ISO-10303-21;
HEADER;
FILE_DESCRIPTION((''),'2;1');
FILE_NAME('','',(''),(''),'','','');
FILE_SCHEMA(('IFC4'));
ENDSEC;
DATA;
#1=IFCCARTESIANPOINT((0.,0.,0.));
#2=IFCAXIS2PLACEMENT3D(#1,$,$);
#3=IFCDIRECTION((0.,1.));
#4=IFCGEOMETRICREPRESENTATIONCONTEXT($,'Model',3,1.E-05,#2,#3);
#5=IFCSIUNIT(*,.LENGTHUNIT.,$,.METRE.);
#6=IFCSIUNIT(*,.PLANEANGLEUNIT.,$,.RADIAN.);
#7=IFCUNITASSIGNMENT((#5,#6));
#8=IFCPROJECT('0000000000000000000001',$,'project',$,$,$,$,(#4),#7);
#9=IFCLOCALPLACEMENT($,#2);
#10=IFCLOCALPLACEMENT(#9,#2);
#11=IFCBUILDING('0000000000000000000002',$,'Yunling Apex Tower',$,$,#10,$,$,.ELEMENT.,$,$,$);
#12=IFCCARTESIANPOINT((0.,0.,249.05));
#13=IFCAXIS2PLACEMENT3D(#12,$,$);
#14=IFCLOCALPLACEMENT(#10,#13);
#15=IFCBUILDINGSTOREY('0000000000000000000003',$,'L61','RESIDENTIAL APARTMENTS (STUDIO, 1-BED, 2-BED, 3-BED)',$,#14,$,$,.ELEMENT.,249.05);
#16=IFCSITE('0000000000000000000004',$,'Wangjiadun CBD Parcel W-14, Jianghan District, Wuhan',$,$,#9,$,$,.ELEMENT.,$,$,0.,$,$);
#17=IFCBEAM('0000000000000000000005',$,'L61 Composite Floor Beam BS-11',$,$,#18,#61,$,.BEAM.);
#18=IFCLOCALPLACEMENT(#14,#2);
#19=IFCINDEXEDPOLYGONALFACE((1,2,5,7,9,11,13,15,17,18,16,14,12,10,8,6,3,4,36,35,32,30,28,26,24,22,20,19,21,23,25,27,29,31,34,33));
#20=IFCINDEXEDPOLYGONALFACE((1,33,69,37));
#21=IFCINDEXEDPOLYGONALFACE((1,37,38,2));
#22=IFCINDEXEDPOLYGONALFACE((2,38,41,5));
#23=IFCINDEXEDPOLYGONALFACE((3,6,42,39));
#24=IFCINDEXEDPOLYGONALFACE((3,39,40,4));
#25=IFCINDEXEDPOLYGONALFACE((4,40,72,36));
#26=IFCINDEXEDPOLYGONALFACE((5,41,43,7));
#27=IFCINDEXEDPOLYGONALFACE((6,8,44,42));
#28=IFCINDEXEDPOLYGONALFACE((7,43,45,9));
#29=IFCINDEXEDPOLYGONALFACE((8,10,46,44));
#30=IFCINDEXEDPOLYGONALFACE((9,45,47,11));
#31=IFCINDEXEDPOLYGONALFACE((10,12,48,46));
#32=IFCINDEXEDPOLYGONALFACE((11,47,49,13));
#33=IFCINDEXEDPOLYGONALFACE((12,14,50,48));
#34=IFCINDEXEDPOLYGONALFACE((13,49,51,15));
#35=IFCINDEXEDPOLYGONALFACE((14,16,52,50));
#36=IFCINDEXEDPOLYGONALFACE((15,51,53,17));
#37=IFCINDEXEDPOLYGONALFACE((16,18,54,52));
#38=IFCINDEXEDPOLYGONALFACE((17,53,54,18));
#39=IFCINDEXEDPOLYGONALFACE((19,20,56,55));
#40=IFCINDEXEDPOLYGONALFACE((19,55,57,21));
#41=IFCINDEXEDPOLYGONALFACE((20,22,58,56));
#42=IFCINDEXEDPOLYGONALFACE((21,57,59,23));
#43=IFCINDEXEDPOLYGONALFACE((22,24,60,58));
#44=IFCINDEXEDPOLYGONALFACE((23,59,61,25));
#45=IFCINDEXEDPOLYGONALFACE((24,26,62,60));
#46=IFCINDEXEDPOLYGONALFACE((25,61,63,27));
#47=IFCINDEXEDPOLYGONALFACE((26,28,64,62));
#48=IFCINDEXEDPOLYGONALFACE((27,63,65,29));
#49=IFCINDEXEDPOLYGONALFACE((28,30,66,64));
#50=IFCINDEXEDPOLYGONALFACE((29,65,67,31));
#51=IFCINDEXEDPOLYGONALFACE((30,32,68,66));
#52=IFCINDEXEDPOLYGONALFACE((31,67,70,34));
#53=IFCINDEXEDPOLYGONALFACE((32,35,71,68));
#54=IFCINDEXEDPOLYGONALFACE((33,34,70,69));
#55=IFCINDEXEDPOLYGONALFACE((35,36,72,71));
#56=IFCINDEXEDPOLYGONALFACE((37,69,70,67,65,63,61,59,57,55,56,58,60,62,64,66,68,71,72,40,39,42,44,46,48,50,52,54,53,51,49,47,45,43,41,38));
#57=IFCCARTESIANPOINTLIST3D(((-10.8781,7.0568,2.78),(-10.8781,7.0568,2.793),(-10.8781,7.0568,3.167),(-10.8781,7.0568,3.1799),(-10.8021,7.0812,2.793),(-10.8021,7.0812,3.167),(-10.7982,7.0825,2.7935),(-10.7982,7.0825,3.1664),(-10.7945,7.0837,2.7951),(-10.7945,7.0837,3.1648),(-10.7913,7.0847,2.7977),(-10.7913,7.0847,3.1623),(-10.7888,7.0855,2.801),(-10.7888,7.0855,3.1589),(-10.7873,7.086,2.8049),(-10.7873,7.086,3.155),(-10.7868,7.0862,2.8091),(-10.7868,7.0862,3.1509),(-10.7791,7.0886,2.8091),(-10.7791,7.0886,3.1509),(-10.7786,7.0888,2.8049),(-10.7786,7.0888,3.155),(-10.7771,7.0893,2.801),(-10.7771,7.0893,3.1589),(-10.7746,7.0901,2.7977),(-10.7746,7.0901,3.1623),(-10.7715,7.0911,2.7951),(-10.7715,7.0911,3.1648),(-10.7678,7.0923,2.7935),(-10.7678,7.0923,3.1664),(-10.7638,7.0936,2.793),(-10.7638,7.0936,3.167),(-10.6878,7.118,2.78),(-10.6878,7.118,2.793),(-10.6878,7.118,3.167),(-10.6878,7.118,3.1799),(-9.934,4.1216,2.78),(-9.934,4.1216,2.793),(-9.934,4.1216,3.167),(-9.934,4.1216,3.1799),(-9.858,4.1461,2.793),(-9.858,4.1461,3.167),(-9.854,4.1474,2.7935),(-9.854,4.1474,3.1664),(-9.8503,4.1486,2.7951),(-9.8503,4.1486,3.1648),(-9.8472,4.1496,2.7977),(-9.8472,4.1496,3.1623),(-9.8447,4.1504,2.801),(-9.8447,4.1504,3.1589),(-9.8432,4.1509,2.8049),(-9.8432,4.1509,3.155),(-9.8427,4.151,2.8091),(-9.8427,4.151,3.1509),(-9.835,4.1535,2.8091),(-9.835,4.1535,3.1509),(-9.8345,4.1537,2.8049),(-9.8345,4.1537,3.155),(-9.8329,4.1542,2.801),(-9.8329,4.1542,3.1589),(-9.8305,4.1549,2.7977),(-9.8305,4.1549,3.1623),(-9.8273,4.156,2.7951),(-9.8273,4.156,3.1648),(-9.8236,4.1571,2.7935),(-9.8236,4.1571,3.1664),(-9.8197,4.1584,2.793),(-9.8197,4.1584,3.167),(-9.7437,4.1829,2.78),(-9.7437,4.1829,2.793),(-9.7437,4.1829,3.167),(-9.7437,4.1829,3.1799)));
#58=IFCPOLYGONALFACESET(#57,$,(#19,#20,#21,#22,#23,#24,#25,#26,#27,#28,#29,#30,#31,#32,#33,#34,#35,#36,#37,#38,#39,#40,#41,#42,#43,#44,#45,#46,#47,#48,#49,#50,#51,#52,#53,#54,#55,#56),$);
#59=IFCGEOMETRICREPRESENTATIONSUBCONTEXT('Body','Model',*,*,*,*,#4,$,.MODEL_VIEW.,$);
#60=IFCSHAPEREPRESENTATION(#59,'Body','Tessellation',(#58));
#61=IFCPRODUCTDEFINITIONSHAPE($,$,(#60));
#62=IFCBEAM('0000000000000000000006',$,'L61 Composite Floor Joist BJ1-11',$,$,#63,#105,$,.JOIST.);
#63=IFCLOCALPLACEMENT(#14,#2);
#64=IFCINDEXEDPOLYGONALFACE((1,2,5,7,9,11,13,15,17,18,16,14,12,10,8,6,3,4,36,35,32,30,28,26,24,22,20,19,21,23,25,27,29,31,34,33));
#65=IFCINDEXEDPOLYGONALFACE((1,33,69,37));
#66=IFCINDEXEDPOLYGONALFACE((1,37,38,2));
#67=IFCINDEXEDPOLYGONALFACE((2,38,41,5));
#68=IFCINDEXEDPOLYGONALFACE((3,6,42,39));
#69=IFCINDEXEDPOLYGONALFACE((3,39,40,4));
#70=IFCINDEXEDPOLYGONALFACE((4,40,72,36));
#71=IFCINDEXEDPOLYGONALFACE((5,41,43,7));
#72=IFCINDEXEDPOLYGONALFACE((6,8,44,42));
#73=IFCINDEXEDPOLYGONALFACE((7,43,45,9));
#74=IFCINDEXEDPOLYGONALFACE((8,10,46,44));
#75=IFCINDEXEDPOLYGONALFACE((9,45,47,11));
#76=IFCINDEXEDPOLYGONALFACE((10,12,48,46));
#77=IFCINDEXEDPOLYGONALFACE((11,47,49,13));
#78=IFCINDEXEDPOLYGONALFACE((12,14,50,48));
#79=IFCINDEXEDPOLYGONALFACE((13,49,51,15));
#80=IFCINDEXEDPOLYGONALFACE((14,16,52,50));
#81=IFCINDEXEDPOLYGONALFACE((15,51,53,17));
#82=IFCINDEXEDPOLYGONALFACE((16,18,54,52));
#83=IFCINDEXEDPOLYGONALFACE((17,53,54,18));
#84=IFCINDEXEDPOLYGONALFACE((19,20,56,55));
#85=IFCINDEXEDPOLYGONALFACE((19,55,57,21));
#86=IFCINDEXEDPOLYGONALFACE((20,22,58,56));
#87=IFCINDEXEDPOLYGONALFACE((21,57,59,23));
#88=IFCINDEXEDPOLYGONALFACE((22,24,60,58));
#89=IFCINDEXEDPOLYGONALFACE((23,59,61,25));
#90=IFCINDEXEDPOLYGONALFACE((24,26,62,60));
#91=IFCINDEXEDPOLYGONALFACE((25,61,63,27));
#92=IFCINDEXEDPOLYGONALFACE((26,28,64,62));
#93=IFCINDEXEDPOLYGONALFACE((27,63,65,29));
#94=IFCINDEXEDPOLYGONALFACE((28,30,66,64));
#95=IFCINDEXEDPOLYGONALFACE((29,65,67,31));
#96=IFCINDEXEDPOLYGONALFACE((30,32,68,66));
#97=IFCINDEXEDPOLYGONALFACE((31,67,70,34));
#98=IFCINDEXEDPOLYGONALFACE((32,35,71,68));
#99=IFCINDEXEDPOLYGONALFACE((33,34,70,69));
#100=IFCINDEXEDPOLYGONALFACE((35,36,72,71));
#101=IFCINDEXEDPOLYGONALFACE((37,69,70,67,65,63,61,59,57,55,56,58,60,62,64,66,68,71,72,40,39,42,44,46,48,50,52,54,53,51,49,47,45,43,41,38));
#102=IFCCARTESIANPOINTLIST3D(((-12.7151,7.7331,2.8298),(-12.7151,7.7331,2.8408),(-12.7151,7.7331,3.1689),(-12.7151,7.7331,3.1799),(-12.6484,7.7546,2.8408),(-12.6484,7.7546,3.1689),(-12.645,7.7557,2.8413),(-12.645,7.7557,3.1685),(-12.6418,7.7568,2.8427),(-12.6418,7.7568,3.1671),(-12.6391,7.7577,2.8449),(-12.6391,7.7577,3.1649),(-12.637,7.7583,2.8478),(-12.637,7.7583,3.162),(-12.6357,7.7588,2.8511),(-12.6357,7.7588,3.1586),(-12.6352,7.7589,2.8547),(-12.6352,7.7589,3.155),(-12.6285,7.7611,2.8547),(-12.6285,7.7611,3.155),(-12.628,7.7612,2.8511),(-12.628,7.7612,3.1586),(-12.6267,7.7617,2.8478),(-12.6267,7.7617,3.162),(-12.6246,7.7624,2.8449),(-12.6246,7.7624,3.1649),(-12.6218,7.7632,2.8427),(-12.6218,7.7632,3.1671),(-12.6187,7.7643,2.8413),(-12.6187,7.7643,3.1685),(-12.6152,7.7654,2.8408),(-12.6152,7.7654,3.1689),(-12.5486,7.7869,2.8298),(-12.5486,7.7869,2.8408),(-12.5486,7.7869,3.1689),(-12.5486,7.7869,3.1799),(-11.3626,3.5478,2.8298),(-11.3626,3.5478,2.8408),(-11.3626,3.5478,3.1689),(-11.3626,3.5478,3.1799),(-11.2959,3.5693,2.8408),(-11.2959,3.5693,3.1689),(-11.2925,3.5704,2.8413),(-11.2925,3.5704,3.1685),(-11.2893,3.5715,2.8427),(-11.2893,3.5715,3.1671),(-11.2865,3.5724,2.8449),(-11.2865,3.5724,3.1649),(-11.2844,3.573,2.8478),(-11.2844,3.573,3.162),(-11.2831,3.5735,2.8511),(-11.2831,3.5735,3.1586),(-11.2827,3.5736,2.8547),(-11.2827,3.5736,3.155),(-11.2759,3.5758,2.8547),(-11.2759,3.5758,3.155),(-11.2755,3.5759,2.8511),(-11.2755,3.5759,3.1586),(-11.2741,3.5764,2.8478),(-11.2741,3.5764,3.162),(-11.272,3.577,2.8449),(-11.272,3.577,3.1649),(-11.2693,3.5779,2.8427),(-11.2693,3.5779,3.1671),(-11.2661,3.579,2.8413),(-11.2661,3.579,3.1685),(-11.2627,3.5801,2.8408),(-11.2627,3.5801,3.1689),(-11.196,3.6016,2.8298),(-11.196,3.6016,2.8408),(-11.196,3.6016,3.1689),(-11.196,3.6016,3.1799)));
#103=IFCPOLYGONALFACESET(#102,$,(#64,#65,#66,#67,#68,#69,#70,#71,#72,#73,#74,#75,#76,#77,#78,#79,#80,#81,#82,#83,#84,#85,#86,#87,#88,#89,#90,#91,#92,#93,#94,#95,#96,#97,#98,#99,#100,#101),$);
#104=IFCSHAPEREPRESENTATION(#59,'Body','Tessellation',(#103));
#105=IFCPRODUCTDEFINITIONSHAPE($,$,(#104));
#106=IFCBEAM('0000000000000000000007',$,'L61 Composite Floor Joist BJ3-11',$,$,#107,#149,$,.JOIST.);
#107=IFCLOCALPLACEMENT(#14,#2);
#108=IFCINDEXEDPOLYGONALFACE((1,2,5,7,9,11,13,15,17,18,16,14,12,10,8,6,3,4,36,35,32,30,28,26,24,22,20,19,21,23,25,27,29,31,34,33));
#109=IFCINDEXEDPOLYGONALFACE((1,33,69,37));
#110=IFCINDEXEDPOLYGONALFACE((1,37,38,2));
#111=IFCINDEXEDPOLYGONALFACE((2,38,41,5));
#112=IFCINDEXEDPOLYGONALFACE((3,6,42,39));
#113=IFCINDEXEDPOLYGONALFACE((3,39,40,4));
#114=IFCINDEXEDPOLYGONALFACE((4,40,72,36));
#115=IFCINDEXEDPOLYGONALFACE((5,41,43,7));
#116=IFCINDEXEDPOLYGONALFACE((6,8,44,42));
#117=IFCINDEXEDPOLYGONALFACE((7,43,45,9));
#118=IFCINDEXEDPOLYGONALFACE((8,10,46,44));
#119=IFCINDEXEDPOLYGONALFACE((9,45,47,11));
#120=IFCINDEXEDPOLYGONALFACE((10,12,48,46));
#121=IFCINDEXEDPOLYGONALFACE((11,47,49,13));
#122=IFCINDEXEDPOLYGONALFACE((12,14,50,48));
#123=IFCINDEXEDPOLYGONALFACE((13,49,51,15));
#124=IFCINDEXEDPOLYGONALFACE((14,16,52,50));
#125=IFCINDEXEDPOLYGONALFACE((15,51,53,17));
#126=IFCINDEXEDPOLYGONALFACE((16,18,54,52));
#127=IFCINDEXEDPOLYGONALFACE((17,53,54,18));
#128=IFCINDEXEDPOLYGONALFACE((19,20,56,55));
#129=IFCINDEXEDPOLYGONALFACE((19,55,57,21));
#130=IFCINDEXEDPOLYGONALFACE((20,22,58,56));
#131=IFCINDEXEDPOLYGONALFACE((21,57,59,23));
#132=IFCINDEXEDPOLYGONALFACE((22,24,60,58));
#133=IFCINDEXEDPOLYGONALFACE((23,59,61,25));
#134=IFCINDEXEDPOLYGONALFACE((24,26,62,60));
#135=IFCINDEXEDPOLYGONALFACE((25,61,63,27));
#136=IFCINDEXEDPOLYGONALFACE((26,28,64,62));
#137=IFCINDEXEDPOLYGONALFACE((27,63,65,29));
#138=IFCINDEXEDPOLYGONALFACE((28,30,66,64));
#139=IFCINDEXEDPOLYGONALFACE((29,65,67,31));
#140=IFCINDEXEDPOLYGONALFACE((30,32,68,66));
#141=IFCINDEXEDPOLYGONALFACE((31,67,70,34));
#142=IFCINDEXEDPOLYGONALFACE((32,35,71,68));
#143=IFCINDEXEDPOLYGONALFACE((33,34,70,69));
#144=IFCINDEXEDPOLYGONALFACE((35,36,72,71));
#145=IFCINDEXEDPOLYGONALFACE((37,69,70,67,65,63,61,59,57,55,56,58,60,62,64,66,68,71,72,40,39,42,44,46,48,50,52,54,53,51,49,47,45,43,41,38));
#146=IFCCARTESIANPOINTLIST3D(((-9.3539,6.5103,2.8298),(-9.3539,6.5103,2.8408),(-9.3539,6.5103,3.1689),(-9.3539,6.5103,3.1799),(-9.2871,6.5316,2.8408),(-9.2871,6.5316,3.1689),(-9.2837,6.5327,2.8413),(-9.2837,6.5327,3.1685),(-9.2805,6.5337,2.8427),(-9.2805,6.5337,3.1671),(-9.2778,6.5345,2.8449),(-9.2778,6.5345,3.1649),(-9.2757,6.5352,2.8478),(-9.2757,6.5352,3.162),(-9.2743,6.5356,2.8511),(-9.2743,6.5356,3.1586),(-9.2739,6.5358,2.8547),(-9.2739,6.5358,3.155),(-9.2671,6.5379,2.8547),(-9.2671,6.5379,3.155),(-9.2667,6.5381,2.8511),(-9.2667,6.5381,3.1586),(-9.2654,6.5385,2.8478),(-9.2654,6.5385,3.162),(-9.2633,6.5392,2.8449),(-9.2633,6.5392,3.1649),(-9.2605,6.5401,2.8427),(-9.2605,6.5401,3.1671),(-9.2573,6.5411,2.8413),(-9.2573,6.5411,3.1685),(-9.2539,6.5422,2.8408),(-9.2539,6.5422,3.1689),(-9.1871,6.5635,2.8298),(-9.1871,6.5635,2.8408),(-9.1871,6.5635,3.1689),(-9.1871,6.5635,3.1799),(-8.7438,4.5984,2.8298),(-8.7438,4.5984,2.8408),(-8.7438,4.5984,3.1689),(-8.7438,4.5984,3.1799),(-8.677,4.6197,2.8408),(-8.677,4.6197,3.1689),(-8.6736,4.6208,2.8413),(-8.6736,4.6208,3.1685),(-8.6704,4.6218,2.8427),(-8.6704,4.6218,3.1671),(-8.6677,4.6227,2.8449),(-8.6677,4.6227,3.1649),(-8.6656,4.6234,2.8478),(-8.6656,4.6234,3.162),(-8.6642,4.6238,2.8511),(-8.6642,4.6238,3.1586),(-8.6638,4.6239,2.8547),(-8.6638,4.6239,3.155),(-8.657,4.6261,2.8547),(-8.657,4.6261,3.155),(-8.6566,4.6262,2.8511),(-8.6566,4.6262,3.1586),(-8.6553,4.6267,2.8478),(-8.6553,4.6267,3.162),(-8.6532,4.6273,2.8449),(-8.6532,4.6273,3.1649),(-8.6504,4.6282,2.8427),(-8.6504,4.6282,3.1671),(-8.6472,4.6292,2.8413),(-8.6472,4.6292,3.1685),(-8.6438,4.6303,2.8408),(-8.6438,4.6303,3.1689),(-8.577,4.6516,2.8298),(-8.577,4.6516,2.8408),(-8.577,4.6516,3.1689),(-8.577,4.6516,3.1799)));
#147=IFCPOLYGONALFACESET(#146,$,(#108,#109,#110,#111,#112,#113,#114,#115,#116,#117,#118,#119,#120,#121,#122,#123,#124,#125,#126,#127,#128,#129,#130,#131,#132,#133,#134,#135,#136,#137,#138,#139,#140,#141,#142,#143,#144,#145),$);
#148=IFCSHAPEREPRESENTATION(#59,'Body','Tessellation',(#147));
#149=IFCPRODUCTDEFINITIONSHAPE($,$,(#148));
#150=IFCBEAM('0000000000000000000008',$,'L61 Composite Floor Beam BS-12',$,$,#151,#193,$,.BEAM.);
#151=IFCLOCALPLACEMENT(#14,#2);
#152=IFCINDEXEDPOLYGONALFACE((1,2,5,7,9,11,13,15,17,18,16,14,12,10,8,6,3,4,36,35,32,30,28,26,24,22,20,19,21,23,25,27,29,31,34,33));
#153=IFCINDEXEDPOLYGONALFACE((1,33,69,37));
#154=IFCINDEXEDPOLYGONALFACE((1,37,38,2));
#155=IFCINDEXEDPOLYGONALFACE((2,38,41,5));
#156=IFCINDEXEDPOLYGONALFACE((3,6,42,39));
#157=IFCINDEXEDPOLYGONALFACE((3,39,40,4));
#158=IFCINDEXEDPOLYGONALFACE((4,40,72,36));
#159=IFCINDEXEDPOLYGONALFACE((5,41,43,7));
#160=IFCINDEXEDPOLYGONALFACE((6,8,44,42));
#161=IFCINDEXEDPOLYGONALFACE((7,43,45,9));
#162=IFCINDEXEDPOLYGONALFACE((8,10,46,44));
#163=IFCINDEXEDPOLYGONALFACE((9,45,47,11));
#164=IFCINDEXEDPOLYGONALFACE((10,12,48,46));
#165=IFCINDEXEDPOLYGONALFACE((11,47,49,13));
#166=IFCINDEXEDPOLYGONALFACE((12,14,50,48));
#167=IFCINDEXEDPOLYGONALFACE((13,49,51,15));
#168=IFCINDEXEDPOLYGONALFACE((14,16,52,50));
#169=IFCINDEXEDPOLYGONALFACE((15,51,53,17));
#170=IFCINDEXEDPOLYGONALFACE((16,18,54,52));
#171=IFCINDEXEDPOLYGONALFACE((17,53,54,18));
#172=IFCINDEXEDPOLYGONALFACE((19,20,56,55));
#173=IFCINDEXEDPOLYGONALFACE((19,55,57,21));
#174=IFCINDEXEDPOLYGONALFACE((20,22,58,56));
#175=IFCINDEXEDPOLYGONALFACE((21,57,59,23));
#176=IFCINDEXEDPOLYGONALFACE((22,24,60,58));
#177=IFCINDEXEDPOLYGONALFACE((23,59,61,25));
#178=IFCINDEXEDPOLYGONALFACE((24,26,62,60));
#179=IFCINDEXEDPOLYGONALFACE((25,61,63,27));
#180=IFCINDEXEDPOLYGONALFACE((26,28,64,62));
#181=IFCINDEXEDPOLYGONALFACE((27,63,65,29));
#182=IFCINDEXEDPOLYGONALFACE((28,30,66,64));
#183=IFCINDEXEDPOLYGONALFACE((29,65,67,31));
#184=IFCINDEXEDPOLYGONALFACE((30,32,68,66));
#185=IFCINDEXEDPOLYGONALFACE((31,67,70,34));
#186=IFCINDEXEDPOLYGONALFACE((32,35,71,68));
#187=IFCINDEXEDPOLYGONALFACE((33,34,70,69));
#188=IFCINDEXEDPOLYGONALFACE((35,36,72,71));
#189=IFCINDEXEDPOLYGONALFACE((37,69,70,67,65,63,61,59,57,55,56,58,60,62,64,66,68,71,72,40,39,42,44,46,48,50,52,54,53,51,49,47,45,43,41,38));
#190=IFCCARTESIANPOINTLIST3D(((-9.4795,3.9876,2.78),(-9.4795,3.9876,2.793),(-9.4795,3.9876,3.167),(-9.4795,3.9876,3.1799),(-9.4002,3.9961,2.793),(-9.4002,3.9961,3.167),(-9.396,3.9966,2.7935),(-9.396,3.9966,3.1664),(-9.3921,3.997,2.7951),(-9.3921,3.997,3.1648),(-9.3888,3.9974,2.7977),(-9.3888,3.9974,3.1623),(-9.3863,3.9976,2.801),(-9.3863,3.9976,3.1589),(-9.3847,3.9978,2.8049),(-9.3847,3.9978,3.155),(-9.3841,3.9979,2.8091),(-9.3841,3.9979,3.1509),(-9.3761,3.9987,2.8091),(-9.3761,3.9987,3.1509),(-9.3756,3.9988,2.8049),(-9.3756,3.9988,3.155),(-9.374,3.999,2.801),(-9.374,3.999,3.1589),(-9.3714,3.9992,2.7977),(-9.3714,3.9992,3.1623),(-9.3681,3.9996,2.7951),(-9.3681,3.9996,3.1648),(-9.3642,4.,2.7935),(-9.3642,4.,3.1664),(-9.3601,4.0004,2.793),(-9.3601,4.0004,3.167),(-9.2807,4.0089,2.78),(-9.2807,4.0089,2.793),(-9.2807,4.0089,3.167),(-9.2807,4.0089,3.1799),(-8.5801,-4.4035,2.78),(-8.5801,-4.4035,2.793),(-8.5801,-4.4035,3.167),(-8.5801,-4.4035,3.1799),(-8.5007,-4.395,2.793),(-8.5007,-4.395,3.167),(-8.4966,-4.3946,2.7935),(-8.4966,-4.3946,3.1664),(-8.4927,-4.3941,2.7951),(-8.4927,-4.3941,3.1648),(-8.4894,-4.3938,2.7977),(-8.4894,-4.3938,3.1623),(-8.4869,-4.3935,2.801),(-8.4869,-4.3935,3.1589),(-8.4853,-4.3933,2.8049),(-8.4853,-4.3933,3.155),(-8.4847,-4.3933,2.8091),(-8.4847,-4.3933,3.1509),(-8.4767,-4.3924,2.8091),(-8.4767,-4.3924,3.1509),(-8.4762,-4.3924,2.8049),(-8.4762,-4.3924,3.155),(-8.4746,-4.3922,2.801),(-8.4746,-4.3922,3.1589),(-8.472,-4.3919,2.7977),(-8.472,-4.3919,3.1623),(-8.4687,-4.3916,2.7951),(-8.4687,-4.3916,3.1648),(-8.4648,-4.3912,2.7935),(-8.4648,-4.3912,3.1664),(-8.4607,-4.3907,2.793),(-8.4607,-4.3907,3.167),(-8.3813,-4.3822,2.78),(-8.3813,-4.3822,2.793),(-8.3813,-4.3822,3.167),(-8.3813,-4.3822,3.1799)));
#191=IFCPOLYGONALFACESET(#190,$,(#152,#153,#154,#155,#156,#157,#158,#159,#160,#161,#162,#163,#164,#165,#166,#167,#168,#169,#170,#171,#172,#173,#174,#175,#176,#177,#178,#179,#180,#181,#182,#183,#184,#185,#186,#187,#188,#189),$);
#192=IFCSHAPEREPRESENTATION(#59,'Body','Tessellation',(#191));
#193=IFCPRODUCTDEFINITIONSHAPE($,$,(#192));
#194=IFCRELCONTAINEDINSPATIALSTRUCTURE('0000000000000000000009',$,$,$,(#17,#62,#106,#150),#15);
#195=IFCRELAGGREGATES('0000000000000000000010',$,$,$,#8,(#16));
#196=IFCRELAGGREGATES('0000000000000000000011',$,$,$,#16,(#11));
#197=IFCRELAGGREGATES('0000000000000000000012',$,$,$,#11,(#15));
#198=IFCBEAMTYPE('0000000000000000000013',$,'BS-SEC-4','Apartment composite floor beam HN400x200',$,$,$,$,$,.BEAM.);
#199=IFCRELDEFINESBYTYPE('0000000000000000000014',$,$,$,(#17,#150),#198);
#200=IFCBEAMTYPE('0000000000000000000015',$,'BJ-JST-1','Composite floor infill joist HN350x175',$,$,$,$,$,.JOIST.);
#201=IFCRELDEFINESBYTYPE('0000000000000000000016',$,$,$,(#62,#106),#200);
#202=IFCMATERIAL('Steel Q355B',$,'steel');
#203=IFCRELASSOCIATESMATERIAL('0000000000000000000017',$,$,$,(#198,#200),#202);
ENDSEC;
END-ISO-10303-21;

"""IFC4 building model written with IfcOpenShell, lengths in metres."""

from ifc_helpers import new_model, si_unit, direction, frame, origin, origin_2d, place, context, subcontext, project, spatial, i_section, extrude, source, transform, mapped, material, material_profile, profile_set, type_object, element, save


model = new_model("IFC4")

# Units and contexts
model_context = context("Model", 3, precision=1e-05, world=origin(), true_north=direction((0.0, 1.0)))
body_context = subcontext(model_context, "Body", "Model", "MODEL_VIEW")
ifc_project = project(units=[si_unit("LENGTHUNIT", "METRE"), si_unit("PLANEANGLEUNIT", "RADIAN")], contexts=[model_context])

# Site, building, storey
site_placement = place(None, origin())
site = spatial("IfcSite", under=ifc_project, at=site_placement, Name="Wangjiadun CBD Parcel W-14, Jianghan District, Wuhan", CompositionType="ELEMENT", RefElevation=0.0)
building_placement = place(site_placement, origin())
building = spatial("IfcBuilding", under=site, at=building_placement, Name="Yunling Apex Tower", CompositionType="ELEMENT")
storey_placement = place(building_placement, frame((0.0, 0.0, 249.05)))
storey = spatial("IfcBuildingStorey", under=building, at=storey_placement, Name="L61", Description="RESIDENTIAL APARTMENTS (STUDIO, 1-BED, 2-BED, 3-BED)", CompositionType="ELEMENT", Elevation=249.05)

# Beams
ifc_material_1 = material(Name="Steel Q355B", Category="steel")
ifc_material_profile_1 = material_profile(ifc_material_1, i_section(OverallWidth=0.2, OverallDepth=0.3999, WebThickness=0.0081, FlangeThickness=0.0129, FilletRadius=0.0161, at=origin_2d()))
ifc_profile_set_1 = profile_set([ifc_material_profile_1], Name="Steel Q355B")
beam_type_1 = type_object("IfcBeamType", Name="BS-SEC-4", Description="Apartment composite floor beam HN400x200", PredefinedType="BEAM", material=ifc_profile_set_1)
ifc_material_profile_2 = material_profile(ifc_material_1, i_section(OverallWidth=0.175, OverallDepth=0.3501, WebThickness=0.0071, FlangeThickness=0.011, FilletRadius=0.0139, at=origin_2d()))
ifc_profile_set_2 = profile_set([ifc_material_profile_2], Name="Steel Q355B")
beam_type_2 = type_object("IfcBeamType", Name="BJ-JST-1", Description="Composite floor infill joist HN350x175", PredefinedType="JOIST", material=ifc_profile_set_2)
shared_shape_1 = source(origin(), body_context, "Body", "SweptSolid", [
    extrude(i_section(OverallWidth=0.2, OverallDepth=0.3999, WebThickness=0.0081, FlangeThickness=0.0129, FilletRadius=0.0161, at=origin_2d()), origin(), (0.0, 0.0, 1.0), 3.0833),
])
beam_1_placement = place(storey_placement, frame((-10.783, 7.0874, 2.98), z_axis=(0.306209, -0.951964, 0.0), x_axis=(0.951964, 0.306209, 0.0)))
element("IfcBeam", 1, at=beam_1_placement, inside=storey, type_object=beam_type_1, Name="L61 Composite Floor Beam BS-11", PredefinedType="BEAM", context=body_context, shape_type="MappedRepresentation", body=[
    mapped(shared_shape_1, transform((0.0, 0.0, 0.0), scale=1.0)),
])
shared_shape_2 = source(origin(), body_context, "Body", "SweptSolid", [
    extrude(i_section(OverallWidth=0.175, OverallDepth=0.3501, WebThickness=0.0071, FlangeThickness=0.011, FilletRadius=0.0139, at=origin_2d()), origin(), (0.0, 0.0, 1.0), 4.3984),
])
beam_2_placement = place(storey_placement, frame((-12.6318, 7.76, 3.0049), z_axis=(0.307505, -0.951546, 0.0), x_axis=(0.951546, 0.307505, 0.0)))
element("IfcBeam", 2, at=beam_2_placement, inside=storey, type_object=beam_type_2, Name="L61 Composite Floor Joist BJ1-11", PredefinedType="JOIST", context=body_context, shape_type="MappedRepresentation", body=[
    mapped(shared_shape_2, transform((0.0, 0.0, 0.0), scale=1.0)),
])
shared_shape_3 = source(origin(), body_context, "Body", "SweptSolid", [
    extrude(i_section(OverallWidth=0.175, OverallDepth=0.3501, WebThickness=0.0071, FlangeThickness=0.011, FilletRadius=0.0139, at=origin_2d()), origin(), (0.0, 0.0, 1.0), 2.0068),
])
beam_3_placement = place(storey_placement, frame((-9.2705, 6.5369, 3.0049), z_axis=(0.304012, -0.952668, 0.0), x_axis=(0.952668, 0.304012, 0.0)))
element("IfcBeam", 3, at=beam_3_placement, inside=storey, type_object=beam_type_2, Name="L61 Composite Floor Joist BJ3-11", PredefinedType="JOIST", context=body_context, shape_type="MappedRepresentation", body=[
    mapped(shared_shape_3, transform((0.0, 0.0, 0.0), scale=1.0)),
])
shared_shape_4 = source(origin(), body_context, "Body", "SweptSolid", [
    extrude(i_section(OverallWidth=0.2, OverallDepth=0.3999, WebThickness=0.0081, FlangeThickness=0.0129, FilletRadius=0.0161, at=origin_2d()), origin(), (0.0, 0.0, 1.0), 8.4392),
])
beam_4_placement = place(storey_placement, frame((-9.3801, 3.9983, 2.98), z_axis=(0.106576, -0.994305, 0.0), x_axis=(0.994305, 0.106576, 0.0)))
element("IfcBeam", 4, at=beam_4_placement, inside=storey, type_object=beam_type_1, Name="L61 Composite Floor Beam BS-12", PredefinedType="BEAM", context=body_context, shape_type="MappedRepresentation", body=[
    mapped(shared_shape_4, transform((0.0, 0.0, 0.0), scale=1.0)),
])

save(model, "model.ifc")
